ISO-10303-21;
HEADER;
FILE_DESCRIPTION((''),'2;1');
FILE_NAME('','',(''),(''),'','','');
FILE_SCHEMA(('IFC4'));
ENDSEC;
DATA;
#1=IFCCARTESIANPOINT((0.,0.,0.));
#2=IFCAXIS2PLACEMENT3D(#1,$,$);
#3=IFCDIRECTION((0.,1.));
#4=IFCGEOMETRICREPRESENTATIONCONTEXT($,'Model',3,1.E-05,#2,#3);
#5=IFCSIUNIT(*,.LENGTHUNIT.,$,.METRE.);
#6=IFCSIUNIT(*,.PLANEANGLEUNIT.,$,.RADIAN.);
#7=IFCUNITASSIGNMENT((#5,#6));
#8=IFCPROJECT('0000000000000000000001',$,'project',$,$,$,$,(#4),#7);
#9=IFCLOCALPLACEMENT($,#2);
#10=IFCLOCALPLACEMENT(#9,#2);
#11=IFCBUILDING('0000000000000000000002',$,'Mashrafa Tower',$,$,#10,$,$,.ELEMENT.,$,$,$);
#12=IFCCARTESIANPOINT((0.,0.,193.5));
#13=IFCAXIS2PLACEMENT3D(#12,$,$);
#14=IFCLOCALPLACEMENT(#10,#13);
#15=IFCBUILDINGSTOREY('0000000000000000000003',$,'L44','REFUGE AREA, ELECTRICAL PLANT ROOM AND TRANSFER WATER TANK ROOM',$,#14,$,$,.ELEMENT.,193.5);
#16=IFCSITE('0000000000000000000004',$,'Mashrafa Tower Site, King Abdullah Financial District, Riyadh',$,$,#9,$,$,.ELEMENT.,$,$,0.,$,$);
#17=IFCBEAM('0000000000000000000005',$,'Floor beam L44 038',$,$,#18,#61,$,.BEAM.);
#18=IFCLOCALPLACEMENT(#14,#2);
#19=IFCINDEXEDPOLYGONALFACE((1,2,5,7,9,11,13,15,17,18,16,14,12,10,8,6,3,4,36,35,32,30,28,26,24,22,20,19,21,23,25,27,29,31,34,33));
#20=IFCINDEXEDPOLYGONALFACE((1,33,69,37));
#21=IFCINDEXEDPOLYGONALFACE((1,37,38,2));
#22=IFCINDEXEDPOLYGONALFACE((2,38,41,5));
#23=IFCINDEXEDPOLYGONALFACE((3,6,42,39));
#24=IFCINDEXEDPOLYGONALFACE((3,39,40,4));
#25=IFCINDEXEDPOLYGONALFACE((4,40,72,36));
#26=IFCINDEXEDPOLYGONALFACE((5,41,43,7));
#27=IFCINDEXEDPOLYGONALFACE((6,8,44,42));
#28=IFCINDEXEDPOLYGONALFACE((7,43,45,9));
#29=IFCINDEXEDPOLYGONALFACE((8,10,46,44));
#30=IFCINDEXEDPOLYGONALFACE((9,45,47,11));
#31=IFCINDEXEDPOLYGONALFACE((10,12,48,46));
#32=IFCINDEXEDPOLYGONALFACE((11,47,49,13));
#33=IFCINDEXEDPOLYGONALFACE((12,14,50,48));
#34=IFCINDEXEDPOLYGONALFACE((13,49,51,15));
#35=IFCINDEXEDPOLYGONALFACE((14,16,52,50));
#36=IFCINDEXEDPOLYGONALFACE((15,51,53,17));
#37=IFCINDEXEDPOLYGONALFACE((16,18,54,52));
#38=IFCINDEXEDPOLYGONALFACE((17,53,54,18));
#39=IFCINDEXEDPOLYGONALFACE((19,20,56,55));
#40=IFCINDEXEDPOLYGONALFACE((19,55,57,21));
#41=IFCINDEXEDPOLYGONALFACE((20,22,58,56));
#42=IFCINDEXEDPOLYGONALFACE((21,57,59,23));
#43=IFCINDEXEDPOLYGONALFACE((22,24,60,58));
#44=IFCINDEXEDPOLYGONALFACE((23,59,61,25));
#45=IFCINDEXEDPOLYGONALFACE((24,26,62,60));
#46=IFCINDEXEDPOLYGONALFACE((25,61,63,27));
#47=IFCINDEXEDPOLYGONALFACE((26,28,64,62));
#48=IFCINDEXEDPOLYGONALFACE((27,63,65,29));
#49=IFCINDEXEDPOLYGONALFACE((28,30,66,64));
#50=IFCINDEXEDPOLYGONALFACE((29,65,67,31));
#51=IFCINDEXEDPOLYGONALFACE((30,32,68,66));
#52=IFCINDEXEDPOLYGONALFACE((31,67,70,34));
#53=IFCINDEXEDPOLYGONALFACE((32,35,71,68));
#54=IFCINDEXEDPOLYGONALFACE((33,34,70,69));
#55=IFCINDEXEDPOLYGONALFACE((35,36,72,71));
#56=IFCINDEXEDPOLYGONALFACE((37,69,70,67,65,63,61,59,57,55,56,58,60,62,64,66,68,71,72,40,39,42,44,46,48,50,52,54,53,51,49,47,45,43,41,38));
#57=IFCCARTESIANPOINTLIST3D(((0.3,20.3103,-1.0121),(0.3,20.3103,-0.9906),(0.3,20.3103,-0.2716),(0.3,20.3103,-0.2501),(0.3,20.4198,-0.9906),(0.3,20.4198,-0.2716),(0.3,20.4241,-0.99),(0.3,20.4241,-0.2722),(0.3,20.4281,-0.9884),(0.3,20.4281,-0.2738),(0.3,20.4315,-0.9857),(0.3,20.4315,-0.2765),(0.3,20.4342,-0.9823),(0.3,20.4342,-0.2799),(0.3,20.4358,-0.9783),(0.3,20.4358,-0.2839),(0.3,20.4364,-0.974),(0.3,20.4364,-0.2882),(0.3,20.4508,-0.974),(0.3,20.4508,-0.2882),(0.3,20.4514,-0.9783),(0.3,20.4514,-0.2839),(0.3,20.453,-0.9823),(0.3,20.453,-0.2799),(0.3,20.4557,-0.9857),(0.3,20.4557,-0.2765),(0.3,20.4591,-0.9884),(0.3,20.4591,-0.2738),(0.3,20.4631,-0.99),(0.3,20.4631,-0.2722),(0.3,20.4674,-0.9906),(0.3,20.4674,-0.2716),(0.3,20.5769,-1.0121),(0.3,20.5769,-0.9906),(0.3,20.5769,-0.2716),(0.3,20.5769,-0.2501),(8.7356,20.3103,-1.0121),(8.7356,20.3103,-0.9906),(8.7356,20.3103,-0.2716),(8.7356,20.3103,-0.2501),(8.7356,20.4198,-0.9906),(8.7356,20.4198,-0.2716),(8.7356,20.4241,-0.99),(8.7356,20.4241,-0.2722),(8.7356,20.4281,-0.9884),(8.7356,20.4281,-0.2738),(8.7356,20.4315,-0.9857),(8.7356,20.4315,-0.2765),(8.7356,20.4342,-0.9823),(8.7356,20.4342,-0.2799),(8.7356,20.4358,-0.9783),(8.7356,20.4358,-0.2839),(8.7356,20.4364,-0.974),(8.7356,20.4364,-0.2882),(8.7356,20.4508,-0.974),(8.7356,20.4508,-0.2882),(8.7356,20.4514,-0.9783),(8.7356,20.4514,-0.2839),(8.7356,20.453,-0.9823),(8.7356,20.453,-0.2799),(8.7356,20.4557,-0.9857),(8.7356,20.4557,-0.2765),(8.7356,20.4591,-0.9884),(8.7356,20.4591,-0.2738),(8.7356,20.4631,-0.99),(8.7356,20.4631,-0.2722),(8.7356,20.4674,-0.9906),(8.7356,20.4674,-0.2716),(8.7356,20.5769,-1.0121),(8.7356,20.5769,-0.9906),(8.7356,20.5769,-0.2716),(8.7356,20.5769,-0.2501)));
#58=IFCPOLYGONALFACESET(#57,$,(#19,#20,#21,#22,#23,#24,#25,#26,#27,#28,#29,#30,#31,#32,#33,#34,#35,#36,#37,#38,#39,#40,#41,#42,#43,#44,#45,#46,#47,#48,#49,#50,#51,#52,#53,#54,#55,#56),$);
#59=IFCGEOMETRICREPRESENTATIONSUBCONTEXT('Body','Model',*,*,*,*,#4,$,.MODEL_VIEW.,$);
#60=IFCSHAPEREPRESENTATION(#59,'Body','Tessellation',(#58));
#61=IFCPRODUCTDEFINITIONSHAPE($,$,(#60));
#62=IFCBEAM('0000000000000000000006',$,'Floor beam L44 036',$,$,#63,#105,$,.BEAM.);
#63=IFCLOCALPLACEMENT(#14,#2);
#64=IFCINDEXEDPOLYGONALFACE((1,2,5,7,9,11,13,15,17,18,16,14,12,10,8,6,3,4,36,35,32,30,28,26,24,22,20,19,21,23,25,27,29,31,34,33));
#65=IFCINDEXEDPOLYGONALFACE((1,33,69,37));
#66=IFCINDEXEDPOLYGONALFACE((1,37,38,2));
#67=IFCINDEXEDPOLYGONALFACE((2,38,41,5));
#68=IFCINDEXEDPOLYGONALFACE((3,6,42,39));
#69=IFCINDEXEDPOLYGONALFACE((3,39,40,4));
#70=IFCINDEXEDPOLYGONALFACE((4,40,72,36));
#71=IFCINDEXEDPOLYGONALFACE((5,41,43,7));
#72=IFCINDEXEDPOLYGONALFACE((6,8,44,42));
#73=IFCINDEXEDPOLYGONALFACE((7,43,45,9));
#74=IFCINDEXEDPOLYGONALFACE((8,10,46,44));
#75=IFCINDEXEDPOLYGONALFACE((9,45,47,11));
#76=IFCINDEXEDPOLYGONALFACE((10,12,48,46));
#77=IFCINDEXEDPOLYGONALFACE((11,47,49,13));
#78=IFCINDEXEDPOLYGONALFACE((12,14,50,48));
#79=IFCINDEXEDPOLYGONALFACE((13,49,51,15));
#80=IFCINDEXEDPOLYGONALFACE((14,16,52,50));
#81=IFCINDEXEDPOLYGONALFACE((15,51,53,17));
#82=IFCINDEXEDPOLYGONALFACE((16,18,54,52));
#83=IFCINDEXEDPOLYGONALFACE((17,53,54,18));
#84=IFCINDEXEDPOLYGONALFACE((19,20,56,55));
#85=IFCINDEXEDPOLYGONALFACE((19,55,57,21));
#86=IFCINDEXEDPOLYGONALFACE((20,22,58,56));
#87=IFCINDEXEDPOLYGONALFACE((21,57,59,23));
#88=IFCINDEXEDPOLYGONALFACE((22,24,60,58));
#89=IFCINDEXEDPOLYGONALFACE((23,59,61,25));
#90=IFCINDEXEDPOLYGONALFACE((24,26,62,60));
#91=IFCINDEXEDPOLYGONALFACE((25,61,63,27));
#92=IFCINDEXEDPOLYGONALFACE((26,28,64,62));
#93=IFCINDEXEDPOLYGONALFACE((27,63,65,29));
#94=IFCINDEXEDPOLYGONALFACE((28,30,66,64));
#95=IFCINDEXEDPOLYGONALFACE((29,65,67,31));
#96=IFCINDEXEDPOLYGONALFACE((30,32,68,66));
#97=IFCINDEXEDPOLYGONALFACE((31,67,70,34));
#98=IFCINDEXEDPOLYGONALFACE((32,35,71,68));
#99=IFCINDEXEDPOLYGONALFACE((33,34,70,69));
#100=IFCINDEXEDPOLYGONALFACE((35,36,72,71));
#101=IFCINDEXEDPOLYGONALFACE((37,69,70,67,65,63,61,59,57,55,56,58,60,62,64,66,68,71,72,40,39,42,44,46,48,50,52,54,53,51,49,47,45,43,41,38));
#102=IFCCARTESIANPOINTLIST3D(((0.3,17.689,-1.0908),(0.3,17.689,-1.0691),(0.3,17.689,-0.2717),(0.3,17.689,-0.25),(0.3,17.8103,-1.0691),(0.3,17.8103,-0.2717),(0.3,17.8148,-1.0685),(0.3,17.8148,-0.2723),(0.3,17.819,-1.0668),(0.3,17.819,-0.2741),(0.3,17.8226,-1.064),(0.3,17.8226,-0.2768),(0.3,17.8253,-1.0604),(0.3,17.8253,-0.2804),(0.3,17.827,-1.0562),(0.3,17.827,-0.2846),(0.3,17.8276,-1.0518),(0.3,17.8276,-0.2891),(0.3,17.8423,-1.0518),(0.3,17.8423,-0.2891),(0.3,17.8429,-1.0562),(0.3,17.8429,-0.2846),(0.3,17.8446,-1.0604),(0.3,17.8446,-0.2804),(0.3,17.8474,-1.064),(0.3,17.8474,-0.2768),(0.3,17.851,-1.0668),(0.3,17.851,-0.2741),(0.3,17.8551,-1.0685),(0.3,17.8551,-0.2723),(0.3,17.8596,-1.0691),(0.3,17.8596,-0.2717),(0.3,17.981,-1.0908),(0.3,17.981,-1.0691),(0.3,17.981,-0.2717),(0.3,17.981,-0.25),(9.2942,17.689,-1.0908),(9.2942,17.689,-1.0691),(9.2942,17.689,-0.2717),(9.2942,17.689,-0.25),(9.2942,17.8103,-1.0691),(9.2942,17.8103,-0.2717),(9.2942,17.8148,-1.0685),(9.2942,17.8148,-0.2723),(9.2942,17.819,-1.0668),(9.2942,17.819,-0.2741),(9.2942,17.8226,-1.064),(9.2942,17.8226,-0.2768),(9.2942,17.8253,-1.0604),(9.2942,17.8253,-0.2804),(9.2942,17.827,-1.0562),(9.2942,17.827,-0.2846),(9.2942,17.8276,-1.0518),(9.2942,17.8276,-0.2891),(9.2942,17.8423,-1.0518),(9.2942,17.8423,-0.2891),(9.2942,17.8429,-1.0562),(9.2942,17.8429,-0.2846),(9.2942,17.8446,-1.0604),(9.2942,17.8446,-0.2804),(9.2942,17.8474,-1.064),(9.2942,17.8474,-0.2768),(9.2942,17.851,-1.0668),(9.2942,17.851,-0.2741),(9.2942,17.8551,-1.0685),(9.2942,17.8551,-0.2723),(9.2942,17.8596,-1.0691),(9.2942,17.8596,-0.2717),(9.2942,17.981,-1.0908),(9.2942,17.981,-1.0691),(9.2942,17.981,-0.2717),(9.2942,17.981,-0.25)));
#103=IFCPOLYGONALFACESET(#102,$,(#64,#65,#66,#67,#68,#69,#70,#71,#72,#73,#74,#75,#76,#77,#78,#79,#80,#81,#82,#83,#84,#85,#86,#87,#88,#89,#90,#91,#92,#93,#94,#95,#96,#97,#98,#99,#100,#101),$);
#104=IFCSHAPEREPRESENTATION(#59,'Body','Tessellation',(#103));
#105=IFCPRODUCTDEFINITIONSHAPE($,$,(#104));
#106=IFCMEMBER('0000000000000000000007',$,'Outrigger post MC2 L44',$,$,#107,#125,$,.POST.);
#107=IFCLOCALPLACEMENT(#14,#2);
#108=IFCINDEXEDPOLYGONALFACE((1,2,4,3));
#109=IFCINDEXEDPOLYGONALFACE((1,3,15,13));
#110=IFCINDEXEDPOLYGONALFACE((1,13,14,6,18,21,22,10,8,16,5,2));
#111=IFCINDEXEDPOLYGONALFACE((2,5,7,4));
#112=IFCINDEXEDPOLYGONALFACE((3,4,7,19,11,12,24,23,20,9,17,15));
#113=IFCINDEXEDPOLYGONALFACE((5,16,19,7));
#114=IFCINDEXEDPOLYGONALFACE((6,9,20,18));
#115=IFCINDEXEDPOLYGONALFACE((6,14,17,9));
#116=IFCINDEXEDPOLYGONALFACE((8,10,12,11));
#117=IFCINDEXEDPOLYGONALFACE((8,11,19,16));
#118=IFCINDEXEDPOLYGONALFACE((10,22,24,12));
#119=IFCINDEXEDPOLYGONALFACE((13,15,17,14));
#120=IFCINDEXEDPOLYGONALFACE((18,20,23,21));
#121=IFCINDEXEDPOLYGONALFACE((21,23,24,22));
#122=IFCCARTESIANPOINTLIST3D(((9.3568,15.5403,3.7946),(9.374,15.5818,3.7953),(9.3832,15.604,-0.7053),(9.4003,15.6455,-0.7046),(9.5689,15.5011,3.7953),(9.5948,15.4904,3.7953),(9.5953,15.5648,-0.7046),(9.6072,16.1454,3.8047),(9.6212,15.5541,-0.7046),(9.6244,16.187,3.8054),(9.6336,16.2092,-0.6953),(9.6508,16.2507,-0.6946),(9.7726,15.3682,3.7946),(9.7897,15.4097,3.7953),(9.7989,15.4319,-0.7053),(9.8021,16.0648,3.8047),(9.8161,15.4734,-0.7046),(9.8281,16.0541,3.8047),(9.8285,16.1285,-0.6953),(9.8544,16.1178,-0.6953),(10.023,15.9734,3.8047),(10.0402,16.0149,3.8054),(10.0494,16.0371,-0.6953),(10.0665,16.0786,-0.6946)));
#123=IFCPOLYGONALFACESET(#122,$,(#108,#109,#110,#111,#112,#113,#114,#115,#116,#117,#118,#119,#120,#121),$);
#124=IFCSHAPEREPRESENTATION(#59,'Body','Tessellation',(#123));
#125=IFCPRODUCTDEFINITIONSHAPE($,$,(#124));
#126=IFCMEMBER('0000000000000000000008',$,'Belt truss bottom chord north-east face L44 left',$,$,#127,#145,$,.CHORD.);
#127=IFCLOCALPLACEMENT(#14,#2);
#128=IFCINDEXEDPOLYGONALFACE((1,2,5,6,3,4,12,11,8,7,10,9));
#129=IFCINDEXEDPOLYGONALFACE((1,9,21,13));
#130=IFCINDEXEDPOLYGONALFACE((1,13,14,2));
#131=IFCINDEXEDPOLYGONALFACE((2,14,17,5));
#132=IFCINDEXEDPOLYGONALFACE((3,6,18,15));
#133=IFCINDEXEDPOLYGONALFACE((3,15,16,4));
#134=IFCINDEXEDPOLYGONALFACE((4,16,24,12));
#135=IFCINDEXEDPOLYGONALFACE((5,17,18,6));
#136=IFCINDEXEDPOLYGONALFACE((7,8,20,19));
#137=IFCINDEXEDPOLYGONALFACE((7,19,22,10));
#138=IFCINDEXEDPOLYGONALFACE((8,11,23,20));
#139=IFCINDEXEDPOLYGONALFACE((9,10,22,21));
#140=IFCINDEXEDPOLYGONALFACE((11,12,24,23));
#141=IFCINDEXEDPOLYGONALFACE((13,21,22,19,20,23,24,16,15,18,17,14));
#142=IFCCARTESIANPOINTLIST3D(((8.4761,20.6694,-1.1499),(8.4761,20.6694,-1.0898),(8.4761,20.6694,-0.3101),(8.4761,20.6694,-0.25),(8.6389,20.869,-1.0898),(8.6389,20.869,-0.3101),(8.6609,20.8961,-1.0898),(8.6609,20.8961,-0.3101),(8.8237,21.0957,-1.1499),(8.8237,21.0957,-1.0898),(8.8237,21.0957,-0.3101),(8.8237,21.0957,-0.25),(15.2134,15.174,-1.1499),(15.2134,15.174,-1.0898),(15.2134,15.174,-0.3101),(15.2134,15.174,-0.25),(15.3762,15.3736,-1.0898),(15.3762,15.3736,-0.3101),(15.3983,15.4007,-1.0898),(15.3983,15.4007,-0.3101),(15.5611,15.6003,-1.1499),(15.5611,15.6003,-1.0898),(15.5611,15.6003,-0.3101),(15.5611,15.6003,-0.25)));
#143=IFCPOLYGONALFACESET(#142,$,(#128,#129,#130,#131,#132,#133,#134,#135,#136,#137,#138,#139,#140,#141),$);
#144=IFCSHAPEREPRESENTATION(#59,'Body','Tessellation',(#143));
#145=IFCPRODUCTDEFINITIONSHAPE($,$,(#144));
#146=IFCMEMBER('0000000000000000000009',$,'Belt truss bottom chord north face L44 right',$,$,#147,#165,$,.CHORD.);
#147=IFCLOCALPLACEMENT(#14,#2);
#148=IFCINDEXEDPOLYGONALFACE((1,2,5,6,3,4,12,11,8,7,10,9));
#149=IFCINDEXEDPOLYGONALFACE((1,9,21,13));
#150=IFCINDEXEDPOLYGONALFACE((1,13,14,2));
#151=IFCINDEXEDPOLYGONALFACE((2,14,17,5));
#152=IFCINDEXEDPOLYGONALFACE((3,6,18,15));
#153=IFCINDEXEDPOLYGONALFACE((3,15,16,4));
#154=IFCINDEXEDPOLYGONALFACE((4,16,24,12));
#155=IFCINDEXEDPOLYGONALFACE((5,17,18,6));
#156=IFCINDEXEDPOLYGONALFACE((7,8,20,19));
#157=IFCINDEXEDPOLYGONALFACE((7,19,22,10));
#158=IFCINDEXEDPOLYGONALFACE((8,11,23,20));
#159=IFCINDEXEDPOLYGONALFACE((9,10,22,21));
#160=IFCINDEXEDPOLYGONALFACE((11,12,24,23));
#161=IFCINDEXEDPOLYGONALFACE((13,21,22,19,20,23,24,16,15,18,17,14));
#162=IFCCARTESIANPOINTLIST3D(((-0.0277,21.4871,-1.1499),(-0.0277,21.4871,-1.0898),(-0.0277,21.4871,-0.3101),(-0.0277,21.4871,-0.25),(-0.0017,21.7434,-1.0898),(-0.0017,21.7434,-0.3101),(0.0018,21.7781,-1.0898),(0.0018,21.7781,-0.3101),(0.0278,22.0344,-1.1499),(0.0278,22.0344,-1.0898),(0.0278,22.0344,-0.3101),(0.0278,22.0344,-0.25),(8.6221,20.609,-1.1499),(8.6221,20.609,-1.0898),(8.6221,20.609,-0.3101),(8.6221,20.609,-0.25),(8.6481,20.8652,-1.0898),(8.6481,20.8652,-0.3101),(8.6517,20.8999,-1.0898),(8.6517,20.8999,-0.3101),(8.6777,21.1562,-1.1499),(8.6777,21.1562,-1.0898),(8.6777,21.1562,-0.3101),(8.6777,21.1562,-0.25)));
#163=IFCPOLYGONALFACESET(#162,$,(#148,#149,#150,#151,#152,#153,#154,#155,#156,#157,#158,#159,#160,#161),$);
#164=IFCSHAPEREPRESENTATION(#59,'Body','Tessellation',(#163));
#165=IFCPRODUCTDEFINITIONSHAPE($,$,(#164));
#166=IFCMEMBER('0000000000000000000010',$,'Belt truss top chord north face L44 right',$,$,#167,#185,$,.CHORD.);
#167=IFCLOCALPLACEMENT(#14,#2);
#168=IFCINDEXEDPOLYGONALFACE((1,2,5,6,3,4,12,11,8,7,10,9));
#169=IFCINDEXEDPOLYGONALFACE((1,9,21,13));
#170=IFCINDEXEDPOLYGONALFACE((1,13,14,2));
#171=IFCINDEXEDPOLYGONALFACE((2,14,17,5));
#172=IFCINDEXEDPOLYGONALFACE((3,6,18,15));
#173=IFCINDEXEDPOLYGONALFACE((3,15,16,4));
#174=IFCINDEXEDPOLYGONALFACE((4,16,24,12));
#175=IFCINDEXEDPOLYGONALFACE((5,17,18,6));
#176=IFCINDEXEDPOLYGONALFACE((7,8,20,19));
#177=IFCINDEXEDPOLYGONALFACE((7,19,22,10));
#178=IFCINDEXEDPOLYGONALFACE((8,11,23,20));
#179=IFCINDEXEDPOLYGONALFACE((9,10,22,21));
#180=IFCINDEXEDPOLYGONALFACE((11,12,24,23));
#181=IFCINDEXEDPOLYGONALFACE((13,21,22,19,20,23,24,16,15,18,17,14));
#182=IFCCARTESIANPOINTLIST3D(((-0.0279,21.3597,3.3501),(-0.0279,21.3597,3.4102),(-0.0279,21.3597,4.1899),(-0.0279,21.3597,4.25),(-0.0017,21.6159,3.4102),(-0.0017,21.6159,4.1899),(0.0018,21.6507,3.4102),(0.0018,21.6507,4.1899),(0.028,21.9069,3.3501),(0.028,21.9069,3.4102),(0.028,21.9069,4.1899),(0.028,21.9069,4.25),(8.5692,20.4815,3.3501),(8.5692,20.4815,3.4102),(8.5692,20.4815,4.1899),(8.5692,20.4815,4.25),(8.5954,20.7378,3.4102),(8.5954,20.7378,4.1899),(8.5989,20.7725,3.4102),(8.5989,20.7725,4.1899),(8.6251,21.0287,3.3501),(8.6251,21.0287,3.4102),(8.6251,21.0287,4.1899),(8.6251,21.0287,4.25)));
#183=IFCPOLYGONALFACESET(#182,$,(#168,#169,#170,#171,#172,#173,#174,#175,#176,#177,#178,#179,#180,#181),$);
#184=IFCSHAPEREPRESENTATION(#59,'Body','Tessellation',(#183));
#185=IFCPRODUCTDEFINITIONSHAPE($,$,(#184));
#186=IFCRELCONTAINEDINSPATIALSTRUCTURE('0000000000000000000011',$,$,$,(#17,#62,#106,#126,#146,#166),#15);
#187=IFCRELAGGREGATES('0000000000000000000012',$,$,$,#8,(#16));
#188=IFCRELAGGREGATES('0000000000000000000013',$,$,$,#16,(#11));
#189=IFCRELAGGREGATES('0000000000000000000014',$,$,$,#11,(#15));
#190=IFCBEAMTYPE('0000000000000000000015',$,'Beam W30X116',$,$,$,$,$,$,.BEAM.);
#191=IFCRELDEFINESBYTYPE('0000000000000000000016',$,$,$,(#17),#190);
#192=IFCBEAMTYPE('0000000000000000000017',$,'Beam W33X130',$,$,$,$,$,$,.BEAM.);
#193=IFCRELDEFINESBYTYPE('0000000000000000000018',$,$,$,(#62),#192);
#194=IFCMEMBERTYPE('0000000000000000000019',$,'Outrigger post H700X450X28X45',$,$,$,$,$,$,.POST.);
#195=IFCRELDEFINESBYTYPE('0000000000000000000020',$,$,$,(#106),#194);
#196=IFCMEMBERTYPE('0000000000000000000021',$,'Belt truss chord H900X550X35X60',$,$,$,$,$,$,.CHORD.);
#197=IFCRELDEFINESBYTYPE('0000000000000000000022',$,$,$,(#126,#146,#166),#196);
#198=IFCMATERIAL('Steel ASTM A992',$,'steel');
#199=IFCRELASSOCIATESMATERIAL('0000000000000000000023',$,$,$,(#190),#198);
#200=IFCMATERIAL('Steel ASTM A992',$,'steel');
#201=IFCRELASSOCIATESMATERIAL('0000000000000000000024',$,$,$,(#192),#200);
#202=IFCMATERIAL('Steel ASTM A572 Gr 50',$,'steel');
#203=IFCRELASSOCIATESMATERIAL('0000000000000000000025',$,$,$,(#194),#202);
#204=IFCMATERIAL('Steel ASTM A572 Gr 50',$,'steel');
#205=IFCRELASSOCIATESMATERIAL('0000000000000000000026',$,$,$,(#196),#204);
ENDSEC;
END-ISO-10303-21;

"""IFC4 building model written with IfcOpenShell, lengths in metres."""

from ifc_helpers import new_model, si_unit, direction, frame, origin, origin_2d, place, context, subcontext, project, spatial, i_section, extrude, source, transform, mapped, material, material_profile, profile_set, type_object, type_shapes, element, save


model = new_model("IFC4")

# Units and contexts
model_context = context("Model", 3, precision=1e-05, world=origin(), true_north=direction((0.0, 1.0)))
body_context = subcontext(model_context, "Body", "Model", "MODEL_VIEW")
ifc_project = project(units=[si_unit("LENGTHUNIT", "METRE"), si_unit("PLANEANGLEUNIT", "RADIAN")], contexts=[model_context])

# Site, building, storey
site_placement = place(None, origin())
site = spatial("IfcSite", under=ifc_project, at=site_placement, Name="Mashrafa Tower Site, King Abdullah Financial District, Riyadh", CompositionType="ELEMENT", RefElevation=0.0)
building_placement = place(site_placement, origin())
building = spatial("IfcBuilding", under=site, at=building_placement, Name="Mashrafa Tower", CompositionType="ELEMENT")
storey_placement = place(building_placement, frame((0.0, 0.0, 193.5)))
storey = spatial("IfcBuildingStorey", under=building, at=storey_placement, Name="L44", Description="REFUGE AREA, ELECTRICAL PLANT ROOM AND TRANSFER WATER TANK ROOM", CompositionType="ELEMENT", Elevation=193.5)

# Beams
ifc_material_1 = material(Name="Steel ASTM A992", Category="steel")
ifc_material_profile_1 = material_profile(ifc_material_1, i_section(OverallWidth=0.2666, OverallDepth=0.762, WebThickness=0.0144, FlangeThickness=0.0215, FilletRadius=0.0166, at=origin_2d()), Name="W30X116")
ifc_profile_set_1 = profile_set([ifc_material_profile_1], Name="Steel ASTM A992")
beam_type_1 = type_object("IfcBeamType", Name="Beam W30X116", PredefinedType="BEAM", material=ifc_profile_set_1)
beam_1_placement = place(storey_placement, frame((0.3, 20.4436, -0.6311), z_axis=(1.0, 0.0, 0.0), x_axis=(0.0, 1.0, 0.0)))
element("IfcBeam", 1, at=beam_1_placement, inside=storey, type_object=beam_type_1, Name="Floor beam L44 038", PredefinedType="BEAM", context=body_context, shape_type="SweptSolid", body=[
    extrude(i_section(OverallWidth=0.2666, OverallDepth=0.762, WebThickness=0.0144, FlangeThickness=0.0215, FilletRadius=0.0166, at=origin_2d()), origin(), (0.0, 0.0, 1.0), 8.4355),
])
ifc_material_2 = material(Name="Steel ASTM A992", Category="steel")
ifc_material_profile_2 = material_profile(ifc_material_2, i_section(OverallWidth=0.292, OverallDepth=0.8408, WebThickness=0.0146, FlangeThickness=0.0217, FilletRadius=0.0173, at=origin_2d()), Name="W33X130")
ifc_profile_set_2 = profile_set([ifc_material_profile_2], Name="Steel ASTM A992")
beam_type_2 = type_object("IfcBeamType", Name="Beam W33X130", PredefinedType="BEAM", material=ifc_profile_set_2)
beam_2_placement = place(storey_placement, frame((0.3, 17.835, -0.6704), z_axis=(1.0, 0.0, 0.0), x_axis=(0.0, 1.0, 0.0)))
element("IfcBeam", 2, at=beam_2_placement, inside=storey, type_object=beam_type_2, Name="Floor beam L44 036", PredefinedType="BEAM", context=body_context, shape_type="SweptSolid", body=[
    extrude(i_section(OverallWidth=0.292, OverallDepth=0.8408, WebThickness=0.0146, FlangeThickness=0.0217, FilletRadius=0.0173, at=origin_2d()), origin(), (0.0, 0.0, 1.0), 8.9941),
])

# Members
ifc_material_3 = material(Name="Steel ASTM A572 Gr 50", Category="steel")
ifc_material_profile_3 = material_profile(ifc_material_3, i_section(OverallWidth=0.45, OverallDepth=0.7, WebThickness=0.0281, FlangeThickness=0.0449, at=origin_2d()), Name="H700X450X28X45")
ifc_profile_set_3 = profile_set([ifc_material_profile_3], Name="Steel ASTM A572 Gr 50")
member_type_1 = type_object("IfcMemberType", Name="Outrigger post H700X450X28X45", PredefinedType="POST", material=ifc_profile_set_3)
shared_shape_1 = source(origin(), body_context, "Body", "SweptSolid", [
    extrude(i_section(OverallWidth=0.45, OverallDepth=0.7, WebThickness=0.0281, FlangeThickness=0.0449, at=origin_2d()), origin(), (0.0, 0.0, 1.0), 4.5005),
])
type_shapes(member_type_1, [shared_shape_1])
member_1_placement = place(storey_placement, frame((9.7249, 15.8413, -0.7), z_axis=(-0.005859, -0.014158, 0.999883), x_axis=(0.924017, -0.382352, 0.0)))
element("IfcMember", 3, at=member_1_placement, inside=storey, type_object=member_type_1, Name="Outrigger post MC2 L44", PredefinedType="POST", context=body_context, shape_type="MappedRepresentation", body=[
    mapped(shared_shape_1, transform((0.0, 0.0, 0.0))),
])
ifc_material_4 = material(Name="Steel ASTM A572 Gr 50", Category="steel")
ifc_material_profile_4 = material_profile(ifc_material_4, i_section(OverallWidth=0.55, OverallDepth=0.8999, WebThickness=0.0349, FlangeThickness=0.0601, at=origin_2d()), Name="H900X550X35X60")
ifc_profile_set_4 = profile_set([ifc_material_profile_4], Name="Steel ASTM A572 Gr 50")
member_type_2 = type_object("IfcMemberType", Name="Belt truss chord H900X550X35X60", PredefinedType="CHORD", material=ifc_profile_set_4)
shared_shape_2 = source(origin(), body_context, "Body", "SweptSolid", [
    extrude(i_section(OverallWidth=0.55, OverallDepth=0.8999, WebThickness=0.0349, FlangeThickness=0.0601, at=origin_2d()), origin(), (0.0, 0.0, 1.0), 8.6943),
])
for number, where, z_axis, x_axis, name in (
    (4, (8.6499, 20.8826, -0.7), (0.774914, -0.632067, 0.0), (0.632067, 0.774914, 0.0), "Belt truss bottom chord north-east face L44 left"),
    (5, (8.6499, 20.8826, -0.7), (-0.994886, 0.101005, 0.0), (-0.101005, -0.994886, 0.0), "Belt truss bottom chord north face L44 right"),
):
    element("IfcMember", number, at=place(storey_placement, frame(where, z_axis=z_axis, x_axis=x_axis)), inside=storey, type_object=member_type_2, Name=name, PredefinedType="CHORD", context=body_context, shape_type="MappedRepresentation", body=[
        mapped(shared_shape_2, transform((0.0, 0.0, 0.0))),
    ])
shared_shape_3 = source(origin(), body_context, "Body", "SweptSolid", [
    extrude(i_section(OverallWidth=0.55, OverallDepth=0.8999, WebThickness=0.0349, FlangeThickness=0.0601, at=origin_2d()), origin(), (0.0, 0.0, 1.0), 8.6418),
])
member_2_placement = place(storey_placement, frame((8.5972, 20.7551, 3.8), z_axis=(-0.994823, 0.101618, 0.0), x_axis=(-0.101618, -0.994823, 0.0)))
element("IfcMember", 6, at=member_2_placement, inside=storey, type_object=member_type_2, Name="Belt truss top chord north face L44 right", PredefinedType="CHORD", context=body_context, shape_type="MappedRepresentation", body=[
    mapped(shared_shape_3, transform((0.0, 0.0, 0.0))),
])

save(model, "model.ifc")
